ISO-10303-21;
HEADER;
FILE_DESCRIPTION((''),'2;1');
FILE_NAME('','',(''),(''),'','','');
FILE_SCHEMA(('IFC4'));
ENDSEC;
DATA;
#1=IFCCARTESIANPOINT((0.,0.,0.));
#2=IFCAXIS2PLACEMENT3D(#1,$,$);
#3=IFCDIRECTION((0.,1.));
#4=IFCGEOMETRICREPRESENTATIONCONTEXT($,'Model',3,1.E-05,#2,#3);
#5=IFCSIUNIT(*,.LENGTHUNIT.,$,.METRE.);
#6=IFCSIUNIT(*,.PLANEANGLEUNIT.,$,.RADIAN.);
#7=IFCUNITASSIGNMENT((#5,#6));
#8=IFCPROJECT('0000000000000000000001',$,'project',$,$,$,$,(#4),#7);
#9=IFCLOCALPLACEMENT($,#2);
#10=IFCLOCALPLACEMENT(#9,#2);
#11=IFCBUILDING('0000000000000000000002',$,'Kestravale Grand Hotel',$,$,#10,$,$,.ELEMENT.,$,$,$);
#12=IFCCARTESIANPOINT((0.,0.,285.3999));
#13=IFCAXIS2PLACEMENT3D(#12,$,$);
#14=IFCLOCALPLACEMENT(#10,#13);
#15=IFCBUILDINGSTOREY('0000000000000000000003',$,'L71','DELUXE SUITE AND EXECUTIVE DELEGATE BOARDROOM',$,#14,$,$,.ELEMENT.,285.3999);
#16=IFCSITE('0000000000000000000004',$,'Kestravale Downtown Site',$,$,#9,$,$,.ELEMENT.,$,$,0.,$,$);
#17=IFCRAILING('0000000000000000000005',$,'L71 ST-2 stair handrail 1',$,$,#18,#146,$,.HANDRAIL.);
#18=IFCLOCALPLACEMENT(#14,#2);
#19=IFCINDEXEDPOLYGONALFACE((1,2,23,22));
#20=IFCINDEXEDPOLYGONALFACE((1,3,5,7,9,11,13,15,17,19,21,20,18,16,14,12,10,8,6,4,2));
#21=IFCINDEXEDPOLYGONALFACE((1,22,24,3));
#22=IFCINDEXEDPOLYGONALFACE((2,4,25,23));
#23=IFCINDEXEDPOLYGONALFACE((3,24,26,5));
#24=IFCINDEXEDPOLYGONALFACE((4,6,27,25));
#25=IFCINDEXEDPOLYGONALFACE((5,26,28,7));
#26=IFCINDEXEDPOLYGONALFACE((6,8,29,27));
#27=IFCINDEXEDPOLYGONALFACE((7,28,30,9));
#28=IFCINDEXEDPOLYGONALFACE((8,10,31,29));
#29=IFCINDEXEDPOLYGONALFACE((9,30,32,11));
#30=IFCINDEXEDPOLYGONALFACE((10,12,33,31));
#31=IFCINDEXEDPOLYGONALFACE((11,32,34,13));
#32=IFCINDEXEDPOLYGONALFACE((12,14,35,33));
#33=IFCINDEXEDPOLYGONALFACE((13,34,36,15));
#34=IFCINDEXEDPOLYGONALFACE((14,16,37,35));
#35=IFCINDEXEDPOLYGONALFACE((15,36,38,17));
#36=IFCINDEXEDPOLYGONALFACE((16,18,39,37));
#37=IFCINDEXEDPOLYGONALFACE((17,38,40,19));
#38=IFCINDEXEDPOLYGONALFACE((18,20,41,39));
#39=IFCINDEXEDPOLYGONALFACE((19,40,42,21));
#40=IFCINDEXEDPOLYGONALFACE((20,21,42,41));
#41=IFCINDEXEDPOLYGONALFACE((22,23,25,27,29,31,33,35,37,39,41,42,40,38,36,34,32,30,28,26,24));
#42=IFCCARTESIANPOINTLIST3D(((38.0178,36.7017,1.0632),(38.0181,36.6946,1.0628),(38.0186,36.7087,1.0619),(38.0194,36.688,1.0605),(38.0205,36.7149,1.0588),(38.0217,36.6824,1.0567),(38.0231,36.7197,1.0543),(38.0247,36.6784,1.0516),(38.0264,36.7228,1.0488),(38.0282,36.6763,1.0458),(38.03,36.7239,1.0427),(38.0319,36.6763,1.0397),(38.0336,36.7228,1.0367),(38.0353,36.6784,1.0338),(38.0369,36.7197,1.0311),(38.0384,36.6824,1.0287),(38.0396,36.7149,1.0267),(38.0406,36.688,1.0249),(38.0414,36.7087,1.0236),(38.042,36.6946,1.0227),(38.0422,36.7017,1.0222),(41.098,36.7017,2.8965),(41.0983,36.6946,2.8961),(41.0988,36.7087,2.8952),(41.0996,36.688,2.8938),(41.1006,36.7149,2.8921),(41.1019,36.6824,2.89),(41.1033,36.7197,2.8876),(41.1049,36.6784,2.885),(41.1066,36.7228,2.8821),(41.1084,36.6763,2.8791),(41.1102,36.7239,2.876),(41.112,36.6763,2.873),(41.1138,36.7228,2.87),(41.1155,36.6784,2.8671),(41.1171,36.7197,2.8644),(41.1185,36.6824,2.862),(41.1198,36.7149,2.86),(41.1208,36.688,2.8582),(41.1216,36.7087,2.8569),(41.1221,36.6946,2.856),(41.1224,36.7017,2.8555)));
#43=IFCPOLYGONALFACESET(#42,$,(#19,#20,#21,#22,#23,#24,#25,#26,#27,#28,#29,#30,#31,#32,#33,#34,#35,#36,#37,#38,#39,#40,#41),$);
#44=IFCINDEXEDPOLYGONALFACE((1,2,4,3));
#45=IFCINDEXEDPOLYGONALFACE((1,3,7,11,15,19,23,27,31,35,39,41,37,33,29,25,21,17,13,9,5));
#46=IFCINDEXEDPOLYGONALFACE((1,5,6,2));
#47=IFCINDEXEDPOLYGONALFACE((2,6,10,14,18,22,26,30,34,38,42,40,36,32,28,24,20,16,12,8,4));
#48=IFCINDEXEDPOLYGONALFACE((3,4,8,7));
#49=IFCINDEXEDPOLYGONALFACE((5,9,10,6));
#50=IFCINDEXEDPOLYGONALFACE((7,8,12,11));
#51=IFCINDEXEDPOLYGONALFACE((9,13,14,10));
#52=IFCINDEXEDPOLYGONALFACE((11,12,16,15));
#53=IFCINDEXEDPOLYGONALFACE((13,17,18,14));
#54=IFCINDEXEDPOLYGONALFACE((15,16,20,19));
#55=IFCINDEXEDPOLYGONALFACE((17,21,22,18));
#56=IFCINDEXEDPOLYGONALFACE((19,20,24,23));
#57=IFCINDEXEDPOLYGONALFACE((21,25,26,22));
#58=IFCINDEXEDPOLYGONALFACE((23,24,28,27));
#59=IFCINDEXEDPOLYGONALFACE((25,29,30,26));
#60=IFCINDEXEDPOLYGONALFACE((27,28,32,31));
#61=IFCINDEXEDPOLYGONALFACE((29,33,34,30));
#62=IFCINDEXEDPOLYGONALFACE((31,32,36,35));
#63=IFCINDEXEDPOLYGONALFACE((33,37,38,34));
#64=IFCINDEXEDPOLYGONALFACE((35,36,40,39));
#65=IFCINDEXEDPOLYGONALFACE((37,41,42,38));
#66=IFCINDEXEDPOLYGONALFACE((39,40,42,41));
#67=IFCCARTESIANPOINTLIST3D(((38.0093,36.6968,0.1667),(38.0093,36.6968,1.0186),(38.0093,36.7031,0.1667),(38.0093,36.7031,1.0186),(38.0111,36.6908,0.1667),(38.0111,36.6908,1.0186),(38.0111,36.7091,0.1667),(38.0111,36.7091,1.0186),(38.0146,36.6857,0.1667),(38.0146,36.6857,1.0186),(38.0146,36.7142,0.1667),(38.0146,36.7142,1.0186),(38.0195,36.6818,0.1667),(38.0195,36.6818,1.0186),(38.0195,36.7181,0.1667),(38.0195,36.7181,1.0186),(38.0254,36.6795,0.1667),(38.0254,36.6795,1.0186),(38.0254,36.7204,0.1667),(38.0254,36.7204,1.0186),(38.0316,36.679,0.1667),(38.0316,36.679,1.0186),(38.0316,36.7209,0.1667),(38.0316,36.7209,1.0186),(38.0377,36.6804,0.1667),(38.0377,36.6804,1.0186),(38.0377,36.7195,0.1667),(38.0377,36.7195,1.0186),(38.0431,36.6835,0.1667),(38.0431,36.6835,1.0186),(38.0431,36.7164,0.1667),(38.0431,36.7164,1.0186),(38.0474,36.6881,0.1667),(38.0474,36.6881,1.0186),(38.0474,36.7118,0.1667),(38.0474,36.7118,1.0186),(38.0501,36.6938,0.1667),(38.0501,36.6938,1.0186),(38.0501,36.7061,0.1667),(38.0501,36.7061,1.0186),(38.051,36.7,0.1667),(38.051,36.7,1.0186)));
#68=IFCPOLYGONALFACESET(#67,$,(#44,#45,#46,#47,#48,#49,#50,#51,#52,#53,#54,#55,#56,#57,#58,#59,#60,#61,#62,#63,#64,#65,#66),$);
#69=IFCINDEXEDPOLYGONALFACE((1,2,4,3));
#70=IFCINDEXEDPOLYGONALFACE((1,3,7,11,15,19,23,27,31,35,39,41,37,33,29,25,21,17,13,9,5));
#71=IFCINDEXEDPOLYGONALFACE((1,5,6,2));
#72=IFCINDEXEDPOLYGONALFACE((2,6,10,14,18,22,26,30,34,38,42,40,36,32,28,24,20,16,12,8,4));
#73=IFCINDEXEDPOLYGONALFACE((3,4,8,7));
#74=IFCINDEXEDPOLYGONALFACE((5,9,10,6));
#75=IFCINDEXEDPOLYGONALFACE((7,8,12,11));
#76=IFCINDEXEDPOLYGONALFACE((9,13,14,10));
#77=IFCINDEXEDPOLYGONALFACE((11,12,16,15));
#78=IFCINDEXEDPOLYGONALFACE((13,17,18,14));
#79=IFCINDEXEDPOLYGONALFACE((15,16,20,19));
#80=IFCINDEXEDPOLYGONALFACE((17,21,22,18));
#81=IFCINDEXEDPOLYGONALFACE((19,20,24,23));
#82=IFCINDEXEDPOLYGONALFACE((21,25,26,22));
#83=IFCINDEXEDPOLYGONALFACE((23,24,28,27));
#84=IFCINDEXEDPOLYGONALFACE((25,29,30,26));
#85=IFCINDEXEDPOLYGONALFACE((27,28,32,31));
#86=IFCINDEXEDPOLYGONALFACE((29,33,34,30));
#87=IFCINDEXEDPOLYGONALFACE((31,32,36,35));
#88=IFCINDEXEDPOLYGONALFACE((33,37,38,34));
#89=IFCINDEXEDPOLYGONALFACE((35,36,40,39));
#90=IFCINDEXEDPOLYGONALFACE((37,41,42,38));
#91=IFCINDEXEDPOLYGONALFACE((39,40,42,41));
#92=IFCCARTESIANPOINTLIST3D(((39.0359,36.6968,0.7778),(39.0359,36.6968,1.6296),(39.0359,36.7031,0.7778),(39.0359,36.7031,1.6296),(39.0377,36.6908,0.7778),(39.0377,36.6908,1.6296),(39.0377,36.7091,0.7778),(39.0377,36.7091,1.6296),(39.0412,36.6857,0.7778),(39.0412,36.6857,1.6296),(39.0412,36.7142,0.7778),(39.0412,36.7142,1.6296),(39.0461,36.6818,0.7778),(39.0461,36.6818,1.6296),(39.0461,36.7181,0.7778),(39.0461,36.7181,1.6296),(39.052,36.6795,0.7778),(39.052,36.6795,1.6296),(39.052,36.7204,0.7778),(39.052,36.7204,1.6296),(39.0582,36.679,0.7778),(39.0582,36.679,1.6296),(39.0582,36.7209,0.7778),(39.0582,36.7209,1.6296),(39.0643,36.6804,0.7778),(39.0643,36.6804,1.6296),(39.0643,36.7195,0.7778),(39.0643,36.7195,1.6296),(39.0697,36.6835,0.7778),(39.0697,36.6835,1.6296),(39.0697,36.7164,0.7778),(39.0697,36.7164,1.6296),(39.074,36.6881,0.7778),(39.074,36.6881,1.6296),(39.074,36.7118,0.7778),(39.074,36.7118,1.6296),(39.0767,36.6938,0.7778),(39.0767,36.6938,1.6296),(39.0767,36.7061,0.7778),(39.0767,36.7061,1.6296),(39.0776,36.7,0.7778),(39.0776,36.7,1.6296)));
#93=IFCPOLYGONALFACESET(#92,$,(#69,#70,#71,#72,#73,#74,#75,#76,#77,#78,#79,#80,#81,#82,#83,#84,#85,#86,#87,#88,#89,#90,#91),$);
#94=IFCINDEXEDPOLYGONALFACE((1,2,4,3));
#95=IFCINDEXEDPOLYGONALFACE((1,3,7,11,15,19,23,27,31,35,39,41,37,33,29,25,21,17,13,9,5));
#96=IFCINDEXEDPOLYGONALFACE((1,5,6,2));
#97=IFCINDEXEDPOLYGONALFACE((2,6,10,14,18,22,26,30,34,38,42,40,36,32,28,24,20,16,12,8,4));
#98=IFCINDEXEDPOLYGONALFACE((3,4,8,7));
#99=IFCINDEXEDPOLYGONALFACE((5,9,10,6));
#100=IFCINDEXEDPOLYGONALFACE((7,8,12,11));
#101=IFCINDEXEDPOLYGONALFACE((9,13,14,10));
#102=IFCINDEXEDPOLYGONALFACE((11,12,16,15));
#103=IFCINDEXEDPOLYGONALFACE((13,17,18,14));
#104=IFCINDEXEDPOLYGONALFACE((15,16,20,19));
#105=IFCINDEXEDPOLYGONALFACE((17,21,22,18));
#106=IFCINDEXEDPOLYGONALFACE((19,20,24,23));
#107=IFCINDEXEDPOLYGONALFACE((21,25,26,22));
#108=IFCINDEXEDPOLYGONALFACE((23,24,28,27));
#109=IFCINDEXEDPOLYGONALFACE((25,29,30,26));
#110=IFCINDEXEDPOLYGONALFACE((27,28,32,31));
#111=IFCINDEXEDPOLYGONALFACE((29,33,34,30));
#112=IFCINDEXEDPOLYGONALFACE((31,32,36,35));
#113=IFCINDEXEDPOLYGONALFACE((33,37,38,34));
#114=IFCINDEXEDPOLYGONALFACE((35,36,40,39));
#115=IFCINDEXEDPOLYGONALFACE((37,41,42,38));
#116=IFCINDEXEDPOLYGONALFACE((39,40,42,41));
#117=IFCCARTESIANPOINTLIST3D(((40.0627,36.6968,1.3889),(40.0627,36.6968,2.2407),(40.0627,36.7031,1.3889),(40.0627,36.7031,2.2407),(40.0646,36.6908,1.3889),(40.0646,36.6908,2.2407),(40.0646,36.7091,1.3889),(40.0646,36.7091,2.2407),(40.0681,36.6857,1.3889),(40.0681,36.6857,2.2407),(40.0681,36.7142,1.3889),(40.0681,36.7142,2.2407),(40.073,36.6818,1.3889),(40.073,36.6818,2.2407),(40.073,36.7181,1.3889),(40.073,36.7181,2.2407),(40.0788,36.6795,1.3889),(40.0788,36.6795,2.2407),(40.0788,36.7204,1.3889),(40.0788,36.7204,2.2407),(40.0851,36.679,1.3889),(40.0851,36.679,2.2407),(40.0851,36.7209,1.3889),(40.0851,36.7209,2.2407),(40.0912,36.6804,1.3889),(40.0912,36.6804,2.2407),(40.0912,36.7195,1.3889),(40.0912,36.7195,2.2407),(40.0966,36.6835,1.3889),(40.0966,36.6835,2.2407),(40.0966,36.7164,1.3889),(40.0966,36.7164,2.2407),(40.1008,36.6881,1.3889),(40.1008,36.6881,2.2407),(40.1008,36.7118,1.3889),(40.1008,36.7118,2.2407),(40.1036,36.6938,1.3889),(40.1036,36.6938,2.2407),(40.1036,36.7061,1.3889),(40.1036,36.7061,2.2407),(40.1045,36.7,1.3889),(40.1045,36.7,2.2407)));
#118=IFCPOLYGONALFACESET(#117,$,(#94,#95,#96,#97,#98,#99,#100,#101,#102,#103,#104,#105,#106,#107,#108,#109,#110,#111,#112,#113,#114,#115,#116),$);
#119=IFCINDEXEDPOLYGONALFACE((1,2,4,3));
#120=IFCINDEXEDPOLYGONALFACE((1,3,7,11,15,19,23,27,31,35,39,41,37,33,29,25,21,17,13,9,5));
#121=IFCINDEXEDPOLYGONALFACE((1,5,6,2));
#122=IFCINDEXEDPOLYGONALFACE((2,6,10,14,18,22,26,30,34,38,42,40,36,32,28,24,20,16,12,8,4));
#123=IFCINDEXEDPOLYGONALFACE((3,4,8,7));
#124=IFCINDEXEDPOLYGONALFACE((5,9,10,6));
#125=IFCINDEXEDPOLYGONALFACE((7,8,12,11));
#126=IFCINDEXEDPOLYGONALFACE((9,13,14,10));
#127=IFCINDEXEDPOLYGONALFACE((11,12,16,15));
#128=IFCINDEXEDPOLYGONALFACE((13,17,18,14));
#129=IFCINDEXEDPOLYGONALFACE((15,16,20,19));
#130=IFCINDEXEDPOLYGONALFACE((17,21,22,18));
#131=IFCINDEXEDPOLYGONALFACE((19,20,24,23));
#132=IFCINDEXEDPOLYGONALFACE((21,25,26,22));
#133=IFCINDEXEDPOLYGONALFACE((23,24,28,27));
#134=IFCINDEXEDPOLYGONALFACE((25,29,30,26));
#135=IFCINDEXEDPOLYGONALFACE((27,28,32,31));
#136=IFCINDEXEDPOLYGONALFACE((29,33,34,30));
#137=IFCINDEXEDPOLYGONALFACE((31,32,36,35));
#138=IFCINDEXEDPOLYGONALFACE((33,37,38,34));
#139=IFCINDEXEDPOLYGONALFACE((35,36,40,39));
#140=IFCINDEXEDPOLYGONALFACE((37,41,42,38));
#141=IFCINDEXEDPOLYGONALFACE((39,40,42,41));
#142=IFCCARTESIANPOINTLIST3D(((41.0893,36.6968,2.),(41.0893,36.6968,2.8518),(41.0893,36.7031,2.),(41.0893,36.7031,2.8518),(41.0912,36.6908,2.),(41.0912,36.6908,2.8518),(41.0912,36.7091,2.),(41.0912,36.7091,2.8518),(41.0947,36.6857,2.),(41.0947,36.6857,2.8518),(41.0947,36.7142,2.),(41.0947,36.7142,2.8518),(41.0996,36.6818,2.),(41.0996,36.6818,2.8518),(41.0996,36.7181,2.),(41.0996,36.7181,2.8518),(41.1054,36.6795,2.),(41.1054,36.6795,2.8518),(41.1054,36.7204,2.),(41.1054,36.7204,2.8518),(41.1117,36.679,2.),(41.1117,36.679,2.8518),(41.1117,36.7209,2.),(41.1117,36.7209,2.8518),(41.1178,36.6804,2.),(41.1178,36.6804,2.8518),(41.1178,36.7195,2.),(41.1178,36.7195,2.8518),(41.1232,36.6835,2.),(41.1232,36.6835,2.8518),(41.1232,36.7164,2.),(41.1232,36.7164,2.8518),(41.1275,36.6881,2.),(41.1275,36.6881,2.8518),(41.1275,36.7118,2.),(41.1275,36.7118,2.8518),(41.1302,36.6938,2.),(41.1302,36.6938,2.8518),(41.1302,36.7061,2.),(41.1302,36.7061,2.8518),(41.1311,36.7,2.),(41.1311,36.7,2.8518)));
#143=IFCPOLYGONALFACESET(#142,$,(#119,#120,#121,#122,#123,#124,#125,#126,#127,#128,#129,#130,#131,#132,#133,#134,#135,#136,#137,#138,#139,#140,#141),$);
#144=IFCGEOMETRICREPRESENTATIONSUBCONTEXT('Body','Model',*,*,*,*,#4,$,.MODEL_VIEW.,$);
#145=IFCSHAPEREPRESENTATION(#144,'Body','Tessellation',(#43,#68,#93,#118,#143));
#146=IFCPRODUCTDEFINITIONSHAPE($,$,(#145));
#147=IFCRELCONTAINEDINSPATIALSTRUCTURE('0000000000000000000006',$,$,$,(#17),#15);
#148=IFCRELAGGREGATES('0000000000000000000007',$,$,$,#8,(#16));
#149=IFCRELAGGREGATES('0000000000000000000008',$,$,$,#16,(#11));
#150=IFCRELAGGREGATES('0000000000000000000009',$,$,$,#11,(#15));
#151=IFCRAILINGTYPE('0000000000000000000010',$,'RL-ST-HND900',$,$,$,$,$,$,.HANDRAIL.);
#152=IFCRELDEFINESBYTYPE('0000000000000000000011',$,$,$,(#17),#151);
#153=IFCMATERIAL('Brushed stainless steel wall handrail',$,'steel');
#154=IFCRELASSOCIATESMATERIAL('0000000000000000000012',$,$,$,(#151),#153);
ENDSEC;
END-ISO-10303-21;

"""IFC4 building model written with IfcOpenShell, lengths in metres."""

from ifc_helpers import new_model, si_unit, direction, frame, origin, origin_2d, place, context, subcontext, project, spatial, circle, extrude, material, type_object, element, save


model = new_model("IFC4")

# Units and contexts
model_context = context("Model", 3, precision=1e-05, world=origin(), true_north=direction((0.0, 1.0)))
body_context = subcontext(model_context, "Body", "Model", "MODEL_VIEW")
ifc_project = project(units=[si_unit("LENGTHUNIT", "METRE"), si_unit("PLANEANGLEUNIT", "RADIAN")], contexts=[model_context])

# Site, building, storey
site_placement = place(None, origin())
site = spatial("IfcSite", under=ifc_project, at=site_placement, Name="Kestravale Downtown Site", CompositionType="ELEMENT", RefElevation=0.0)
building_placement = place(site_placement, origin())
building = spatial("IfcBuilding", under=site, at=building_placement, Name="Kestravale Grand Hotel", CompositionType="ELEMENT")
storey_placement = place(building_placement, frame((0.0, 0.0, 285.3999)))
storey = spatial("IfcBuildingStorey", under=building, at=storey_placement, Name="L71", Description="DELUXE SUITE AND EXECUTIVE DELEGATE BOARDROOM", CompositionType="ELEMENT", Elevation=285.3999)

# Railing
ifc_material_1 = material(Name="Brushed stainless steel wall handrail", Category="steel")
railing_type_1 = type_object("IfcRailingType", Name="RL-ST-HND900", PredefinedType="HANDRAIL", material=ifc_material_1)
railing_1_placement = place(storey_placement, frame((38.03, 36.7, 0.1667)))
element("IfcRailing", 1, at=railing_1_placement, inside=storey, type_object=railing_type_1, Name="L71 ST-2 stair handrail 1", PredefinedType="HANDRAIL", context=body_context, shape_type="SweptSolid", body=[
    extrude(circle(Radius=0.0239, at=origin_2d()), frame((0.0, 0.0, 0.876), z_axis=(0.859309, 0.0, 0.511458), x_axis=(0.0, 1.0, 0.0)), (0.0, 0.0, 1.0), 3.5845),
    extrude(circle(Radius=0.021, at=origin_2d()), origin(), (0.0, 0.0, 1.0), 0.8518),
    extrude(circle(Radius=0.021, at=origin_2d()), frame((1.0266, 0.0, 0.6111)), (0.0, 0.0, 1.0), 0.8518),
    extrude(circle(Radius=0.021, at=origin_2d()), frame((2.0535, 0.0, 1.2222)), (0.0, 0.0, 1.0), 0.8518),
    extrude(circle(Radius=0.021, at=origin_2d()), frame((3.0801, 0.0, 1.8333)), (0.0, 0.0, 1.0), 0.8518),
])

save(model, "model.ifc")
